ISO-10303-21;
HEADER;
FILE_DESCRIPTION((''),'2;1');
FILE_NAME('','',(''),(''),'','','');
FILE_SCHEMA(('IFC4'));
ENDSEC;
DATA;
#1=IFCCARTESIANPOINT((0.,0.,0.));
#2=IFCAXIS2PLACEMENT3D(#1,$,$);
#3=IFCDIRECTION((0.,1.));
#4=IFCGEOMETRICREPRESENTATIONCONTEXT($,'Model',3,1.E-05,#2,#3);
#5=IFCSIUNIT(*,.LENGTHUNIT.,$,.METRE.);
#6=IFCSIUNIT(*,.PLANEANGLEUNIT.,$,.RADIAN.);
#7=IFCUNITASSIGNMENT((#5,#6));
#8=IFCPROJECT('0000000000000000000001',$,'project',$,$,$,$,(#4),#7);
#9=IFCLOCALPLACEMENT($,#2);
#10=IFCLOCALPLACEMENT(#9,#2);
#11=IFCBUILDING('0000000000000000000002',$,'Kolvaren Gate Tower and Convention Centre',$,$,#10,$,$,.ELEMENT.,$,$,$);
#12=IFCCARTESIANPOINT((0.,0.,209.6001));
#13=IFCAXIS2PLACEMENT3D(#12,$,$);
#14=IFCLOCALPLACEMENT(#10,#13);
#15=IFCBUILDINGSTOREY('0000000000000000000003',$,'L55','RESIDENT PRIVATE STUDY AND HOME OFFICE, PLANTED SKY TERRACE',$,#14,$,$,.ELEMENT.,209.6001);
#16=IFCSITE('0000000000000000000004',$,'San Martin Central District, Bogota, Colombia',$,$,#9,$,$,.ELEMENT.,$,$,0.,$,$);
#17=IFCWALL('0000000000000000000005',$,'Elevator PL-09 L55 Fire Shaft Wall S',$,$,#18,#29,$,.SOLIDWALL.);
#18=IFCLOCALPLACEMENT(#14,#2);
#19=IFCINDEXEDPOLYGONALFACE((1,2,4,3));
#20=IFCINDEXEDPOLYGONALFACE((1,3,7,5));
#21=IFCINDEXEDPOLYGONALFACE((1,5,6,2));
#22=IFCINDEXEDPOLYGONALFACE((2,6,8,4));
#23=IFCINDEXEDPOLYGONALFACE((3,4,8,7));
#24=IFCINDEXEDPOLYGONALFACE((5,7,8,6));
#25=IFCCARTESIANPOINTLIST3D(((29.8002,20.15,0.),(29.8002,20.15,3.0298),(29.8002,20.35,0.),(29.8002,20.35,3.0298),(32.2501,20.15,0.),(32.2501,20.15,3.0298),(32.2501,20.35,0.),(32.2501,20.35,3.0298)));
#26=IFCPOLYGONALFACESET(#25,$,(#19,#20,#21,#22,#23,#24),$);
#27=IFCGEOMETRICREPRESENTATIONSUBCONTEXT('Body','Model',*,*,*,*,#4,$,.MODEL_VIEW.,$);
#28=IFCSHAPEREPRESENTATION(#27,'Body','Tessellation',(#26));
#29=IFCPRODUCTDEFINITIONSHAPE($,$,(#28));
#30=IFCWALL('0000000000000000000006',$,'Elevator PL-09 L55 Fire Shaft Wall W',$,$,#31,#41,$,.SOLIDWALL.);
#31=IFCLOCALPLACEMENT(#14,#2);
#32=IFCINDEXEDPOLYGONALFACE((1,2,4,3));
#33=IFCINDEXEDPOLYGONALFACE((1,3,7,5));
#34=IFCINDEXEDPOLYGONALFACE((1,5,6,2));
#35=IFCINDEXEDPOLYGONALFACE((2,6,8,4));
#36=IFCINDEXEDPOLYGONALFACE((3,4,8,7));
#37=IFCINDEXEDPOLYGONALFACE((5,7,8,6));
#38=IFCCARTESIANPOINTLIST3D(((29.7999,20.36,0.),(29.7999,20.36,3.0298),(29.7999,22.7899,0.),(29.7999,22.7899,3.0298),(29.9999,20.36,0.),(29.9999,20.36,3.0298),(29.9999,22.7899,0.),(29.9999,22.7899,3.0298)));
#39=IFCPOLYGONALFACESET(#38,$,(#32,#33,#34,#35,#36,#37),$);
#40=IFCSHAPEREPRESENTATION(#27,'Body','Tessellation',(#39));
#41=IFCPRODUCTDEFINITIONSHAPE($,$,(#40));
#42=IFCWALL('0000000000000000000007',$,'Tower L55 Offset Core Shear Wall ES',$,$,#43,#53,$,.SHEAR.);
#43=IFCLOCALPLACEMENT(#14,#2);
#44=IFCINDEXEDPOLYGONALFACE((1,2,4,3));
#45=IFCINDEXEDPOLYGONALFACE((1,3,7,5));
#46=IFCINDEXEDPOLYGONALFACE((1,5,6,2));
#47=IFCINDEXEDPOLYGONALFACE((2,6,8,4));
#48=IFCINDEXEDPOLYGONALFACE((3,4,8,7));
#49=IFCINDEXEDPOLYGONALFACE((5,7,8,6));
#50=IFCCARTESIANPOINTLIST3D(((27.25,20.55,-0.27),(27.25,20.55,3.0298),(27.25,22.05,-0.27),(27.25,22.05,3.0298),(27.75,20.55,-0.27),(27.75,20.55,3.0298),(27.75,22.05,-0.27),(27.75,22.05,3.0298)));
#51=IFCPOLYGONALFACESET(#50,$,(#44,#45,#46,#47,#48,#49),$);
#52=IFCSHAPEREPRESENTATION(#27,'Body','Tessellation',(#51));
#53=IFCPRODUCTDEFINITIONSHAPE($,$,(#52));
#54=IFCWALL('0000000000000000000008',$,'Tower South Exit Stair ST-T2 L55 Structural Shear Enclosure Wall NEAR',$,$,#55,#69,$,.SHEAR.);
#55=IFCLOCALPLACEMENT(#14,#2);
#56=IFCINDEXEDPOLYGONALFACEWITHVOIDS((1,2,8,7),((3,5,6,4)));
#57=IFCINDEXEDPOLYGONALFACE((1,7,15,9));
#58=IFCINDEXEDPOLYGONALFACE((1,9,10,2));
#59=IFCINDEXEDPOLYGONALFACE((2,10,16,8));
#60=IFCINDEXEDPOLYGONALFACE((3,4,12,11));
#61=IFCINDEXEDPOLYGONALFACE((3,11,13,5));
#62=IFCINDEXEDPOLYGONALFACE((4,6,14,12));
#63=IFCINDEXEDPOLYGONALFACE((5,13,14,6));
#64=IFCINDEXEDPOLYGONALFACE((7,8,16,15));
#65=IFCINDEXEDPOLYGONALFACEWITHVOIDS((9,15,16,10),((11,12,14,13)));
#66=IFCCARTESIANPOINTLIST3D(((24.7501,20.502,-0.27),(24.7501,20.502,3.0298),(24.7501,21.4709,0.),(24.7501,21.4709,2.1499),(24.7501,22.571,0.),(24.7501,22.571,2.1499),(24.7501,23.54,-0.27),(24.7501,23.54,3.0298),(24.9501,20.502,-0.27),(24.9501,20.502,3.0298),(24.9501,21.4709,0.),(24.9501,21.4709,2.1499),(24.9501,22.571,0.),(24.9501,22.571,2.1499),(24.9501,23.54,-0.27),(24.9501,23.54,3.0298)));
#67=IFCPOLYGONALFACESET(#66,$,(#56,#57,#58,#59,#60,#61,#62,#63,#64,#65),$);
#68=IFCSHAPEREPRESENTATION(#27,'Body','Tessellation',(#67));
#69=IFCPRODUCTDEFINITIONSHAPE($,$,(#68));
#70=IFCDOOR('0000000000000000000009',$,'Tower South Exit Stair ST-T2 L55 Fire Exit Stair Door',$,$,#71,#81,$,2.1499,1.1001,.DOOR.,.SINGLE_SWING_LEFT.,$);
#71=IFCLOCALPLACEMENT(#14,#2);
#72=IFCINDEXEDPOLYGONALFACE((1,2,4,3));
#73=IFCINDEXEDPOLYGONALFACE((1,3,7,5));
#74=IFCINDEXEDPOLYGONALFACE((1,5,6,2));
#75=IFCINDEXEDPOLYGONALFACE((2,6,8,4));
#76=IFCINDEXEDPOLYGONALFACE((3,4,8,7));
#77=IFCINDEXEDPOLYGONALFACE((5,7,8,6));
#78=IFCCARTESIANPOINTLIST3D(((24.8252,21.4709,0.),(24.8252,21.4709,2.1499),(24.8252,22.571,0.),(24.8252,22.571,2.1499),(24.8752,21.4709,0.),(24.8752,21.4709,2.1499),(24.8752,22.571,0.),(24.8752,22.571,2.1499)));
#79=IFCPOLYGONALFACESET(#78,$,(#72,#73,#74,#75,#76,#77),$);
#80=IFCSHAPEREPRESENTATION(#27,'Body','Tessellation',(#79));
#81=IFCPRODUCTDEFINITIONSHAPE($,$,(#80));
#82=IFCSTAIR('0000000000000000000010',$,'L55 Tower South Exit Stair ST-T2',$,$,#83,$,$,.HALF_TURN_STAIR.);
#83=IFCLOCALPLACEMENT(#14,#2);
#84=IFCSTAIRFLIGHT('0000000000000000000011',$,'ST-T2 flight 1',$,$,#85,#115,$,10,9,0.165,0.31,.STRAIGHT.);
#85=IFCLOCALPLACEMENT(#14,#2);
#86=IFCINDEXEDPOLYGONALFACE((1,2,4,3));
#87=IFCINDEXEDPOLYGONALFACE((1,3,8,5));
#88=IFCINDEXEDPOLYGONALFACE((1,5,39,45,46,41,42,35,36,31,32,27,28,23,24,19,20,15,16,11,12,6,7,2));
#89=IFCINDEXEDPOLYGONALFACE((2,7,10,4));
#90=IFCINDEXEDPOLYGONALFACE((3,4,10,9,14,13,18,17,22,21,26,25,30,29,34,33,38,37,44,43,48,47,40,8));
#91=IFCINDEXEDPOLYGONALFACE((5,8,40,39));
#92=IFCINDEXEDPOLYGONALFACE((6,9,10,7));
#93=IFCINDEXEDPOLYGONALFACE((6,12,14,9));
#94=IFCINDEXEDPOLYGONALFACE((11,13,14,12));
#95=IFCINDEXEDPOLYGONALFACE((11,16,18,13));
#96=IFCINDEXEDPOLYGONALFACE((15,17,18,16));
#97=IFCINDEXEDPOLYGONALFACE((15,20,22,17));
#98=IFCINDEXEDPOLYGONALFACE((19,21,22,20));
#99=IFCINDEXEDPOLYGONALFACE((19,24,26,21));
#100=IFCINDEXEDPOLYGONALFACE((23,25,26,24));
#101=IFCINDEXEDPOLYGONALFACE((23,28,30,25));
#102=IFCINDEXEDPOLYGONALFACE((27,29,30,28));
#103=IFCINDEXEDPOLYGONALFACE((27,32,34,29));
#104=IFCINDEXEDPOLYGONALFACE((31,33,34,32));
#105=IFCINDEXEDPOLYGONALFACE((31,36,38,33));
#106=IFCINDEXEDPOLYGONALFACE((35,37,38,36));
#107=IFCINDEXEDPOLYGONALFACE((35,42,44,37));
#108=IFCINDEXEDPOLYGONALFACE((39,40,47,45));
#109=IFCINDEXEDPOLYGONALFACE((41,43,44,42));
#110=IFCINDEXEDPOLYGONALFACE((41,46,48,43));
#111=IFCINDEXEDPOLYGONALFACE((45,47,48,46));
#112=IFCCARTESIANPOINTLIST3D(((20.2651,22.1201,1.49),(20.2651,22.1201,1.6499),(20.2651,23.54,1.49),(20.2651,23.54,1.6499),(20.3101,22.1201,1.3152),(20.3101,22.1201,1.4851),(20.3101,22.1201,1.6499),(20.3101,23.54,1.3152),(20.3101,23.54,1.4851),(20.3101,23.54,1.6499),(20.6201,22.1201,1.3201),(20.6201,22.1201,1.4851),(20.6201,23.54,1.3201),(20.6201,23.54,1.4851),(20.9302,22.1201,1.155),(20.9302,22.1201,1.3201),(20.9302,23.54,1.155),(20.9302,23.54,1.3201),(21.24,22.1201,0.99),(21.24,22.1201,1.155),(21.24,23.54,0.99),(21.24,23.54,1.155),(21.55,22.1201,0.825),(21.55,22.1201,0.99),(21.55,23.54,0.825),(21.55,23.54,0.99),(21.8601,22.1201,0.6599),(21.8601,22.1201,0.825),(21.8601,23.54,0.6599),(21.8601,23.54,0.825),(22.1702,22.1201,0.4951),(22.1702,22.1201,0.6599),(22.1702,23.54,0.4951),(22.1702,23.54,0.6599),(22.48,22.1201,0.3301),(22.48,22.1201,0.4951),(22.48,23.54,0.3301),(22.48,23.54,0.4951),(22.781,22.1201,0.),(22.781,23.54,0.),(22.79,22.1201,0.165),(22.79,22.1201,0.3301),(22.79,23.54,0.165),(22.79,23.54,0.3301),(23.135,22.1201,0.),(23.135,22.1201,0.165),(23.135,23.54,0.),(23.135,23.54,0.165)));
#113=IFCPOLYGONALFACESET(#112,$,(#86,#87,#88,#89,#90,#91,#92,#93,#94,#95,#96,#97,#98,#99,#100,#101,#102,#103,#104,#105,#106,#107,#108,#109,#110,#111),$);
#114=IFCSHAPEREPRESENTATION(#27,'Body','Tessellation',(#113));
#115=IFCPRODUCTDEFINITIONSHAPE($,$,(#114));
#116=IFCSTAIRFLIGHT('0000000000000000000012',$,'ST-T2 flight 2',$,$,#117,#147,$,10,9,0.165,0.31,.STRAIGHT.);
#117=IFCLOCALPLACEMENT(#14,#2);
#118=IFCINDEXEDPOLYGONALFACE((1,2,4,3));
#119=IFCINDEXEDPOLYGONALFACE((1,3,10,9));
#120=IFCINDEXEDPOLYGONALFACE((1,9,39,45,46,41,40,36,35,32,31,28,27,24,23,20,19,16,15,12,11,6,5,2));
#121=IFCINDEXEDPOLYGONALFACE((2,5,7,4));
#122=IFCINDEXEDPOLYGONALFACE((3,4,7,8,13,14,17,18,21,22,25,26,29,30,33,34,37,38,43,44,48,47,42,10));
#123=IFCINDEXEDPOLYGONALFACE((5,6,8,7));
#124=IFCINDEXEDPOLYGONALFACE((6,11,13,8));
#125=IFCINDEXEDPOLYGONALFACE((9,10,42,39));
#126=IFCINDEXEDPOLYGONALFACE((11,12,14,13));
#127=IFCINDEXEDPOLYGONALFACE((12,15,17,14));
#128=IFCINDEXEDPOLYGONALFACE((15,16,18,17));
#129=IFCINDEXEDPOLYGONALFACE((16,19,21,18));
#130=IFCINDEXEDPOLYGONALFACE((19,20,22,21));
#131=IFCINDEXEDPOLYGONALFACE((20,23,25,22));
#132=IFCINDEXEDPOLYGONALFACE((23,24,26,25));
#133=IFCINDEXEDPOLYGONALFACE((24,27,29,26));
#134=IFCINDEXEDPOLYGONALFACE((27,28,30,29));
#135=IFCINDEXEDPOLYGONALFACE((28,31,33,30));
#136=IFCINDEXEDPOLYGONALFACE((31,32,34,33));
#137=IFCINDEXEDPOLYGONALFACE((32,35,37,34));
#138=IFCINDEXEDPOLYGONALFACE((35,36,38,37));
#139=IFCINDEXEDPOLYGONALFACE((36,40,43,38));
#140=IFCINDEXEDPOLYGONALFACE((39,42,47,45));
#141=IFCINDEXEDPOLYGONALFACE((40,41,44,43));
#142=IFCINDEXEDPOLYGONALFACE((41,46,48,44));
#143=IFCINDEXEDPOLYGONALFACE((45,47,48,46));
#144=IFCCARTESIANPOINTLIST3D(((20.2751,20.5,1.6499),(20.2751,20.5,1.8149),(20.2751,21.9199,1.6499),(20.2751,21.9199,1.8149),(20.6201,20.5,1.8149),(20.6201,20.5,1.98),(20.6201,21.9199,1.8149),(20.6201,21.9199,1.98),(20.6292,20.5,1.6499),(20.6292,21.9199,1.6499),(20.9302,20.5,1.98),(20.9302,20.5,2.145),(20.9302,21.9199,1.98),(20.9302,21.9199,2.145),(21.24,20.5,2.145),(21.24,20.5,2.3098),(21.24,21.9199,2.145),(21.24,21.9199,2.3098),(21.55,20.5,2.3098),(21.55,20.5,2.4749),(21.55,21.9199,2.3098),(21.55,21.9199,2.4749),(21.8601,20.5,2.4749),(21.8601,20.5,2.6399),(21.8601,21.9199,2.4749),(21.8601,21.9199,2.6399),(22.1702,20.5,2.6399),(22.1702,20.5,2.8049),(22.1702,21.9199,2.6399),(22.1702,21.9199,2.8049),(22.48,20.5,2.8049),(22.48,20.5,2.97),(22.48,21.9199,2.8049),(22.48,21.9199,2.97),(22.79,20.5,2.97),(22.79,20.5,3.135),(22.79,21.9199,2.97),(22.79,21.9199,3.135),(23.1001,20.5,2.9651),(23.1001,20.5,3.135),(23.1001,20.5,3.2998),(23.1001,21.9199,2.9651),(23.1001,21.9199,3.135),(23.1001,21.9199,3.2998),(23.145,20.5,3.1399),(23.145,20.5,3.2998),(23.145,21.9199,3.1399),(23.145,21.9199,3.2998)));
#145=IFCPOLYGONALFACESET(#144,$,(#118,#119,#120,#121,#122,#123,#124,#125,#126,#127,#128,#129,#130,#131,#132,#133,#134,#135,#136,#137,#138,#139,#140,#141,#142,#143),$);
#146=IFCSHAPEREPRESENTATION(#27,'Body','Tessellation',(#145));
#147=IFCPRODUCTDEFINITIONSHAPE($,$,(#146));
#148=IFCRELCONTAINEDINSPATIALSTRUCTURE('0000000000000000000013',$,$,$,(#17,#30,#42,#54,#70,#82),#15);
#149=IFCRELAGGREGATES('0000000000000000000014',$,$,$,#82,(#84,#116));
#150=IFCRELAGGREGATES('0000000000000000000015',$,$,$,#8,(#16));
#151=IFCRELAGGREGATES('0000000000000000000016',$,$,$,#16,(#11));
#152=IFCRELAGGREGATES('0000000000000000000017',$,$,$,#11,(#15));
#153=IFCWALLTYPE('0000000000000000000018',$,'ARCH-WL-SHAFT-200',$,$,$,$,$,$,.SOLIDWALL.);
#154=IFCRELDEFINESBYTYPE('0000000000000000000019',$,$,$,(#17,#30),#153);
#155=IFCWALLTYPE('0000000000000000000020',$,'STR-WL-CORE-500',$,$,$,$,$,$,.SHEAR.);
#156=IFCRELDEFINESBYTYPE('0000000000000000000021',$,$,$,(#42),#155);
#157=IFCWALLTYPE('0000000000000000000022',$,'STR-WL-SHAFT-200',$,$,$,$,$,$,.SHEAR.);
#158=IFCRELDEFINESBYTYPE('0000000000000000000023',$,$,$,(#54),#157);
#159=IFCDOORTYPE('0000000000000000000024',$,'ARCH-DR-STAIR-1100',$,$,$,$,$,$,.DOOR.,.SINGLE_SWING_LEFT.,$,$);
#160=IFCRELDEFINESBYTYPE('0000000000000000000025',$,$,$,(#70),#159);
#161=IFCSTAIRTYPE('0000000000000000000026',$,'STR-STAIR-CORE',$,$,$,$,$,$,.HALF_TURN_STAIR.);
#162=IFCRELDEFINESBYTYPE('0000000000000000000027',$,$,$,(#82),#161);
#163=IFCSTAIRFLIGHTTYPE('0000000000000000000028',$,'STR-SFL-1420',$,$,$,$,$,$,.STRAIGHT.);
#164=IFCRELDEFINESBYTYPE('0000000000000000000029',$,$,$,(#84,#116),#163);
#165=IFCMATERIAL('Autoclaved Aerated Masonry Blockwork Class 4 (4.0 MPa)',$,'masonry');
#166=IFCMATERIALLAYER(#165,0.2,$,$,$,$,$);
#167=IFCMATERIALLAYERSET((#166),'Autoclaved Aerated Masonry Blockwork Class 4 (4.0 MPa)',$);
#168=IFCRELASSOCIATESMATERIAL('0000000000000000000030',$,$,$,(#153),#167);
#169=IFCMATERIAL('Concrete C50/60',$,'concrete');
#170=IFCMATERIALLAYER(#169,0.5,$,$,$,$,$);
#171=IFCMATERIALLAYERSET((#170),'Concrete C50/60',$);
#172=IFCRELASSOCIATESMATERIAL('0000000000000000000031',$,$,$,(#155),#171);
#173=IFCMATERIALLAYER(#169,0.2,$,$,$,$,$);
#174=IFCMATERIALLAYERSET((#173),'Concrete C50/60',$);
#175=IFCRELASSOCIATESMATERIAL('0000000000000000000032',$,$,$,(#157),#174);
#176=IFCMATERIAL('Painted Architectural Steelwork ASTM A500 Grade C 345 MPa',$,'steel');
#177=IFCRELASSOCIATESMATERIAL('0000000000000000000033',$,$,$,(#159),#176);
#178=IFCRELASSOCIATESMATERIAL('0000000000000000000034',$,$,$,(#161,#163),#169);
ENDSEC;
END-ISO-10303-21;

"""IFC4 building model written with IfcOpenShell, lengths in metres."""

from ifc_helpers import new_model, si_unit, direction, frame, frame_2d, origin, place, context, subcontext, project, spatial, polyline, rectangle, outline, extrude, material, layer, layer_set, type_object, element, fill, aggregate, save


model = new_model("IFC4")

# Units and contexts
model_context = context("Model", 3, precision=1e-05, world=origin(), true_north=direction((0.0, 1.0)))
body_context = subcontext(model_context, "Body", "Model", "MODEL_VIEW")
ifc_project = project(units=[si_unit("LENGTHUNIT", "METRE"), si_unit("PLANEANGLEUNIT", "RADIAN")], contexts=[model_context])

# Site, building, storey
site_placement = place(None, origin())
site = spatial("IfcSite", under=ifc_project, at=site_placement, Name="San Martin Central District, Bogota, Colombia", CompositionType="ELEMENT", RefElevation=0.0)
building_placement = place(site_placement, origin())
building = spatial("IfcBuilding", under=site, at=building_placement, Name="Kolvaren Gate Tower and Convention Centre", CompositionType="ELEMENT")
storey_placement = place(building_placement, frame((0.0, 0.0, 209.6001)))
storey = spatial("IfcBuildingStorey", under=building, at=storey_placement, Name="L55", Description="RESIDENT PRIVATE STUDY AND HOME OFFICE, PLANTED SKY TERRACE", CompositionType="ELEMENT", Elevation=209.6001)

# Shared definitions
ifc_material_1 = material(Name="Autoclaved Aerated Masonry Blockwork Class 4 (4.0 MPa)", Category="masonry")

# Shared definitions
ifc_material_2 = material(Name="Painted Architectural Steelwork ASTM A500 Grade C 345 MPa", Category="steel")

# Shared definitions
ifc_layer_1 = layer(ifc_material_1, 0.2)
ifc_layer_set_1 = layer_set([ifc_layer_1], Name="Autoclaved Aerated Masonry Blockwork Class 4 (4.0 MPa)")
wall_type_1 = type_object("IfcWallType", Name="ARCH-WL-SHAFT-200", PredefinedType="SOLIDWALL", material=ifc_layer_set_1)

# Walls
wall_1_placement = place(storey_placement, frame((29.8, 20.25, 0.0), z_axis=(0.0, 0.0, 1.0), x_axis=(1.0, 0.0, 0.0)))
element("IfcWall", 1, at=wall_1_placement, inside=storey, type_object=wall_type_1, Name="Elevator PL-09 L55 Fire Shaft Wall S", PredefinedType="SOLIDWALL", context=body_context, shape_type="SweptSolid", body=[
    extrude(rectangle(XDim=2.45, YDim=0.2, at=frame_2d((1.2251, 0.0))), origin(), (0.0, 0.0, 1.0), 3.0298),
])
wall_2_placement = place(storey_placement, frame((29.8999, 20.3601, 0.0), z_axis=(0.0, 0.0, 1.0), x_axis=(0.0, 1.0, 0.0)))
element("IfcWall", 2, at=wall_2_placement, inside=storey, type_object=wall_type_1, Name="Elevator PL-09 L55 Fire Shaft Wall W", PredefinedType="SOLIDWALL", context=body_context, shape_type="SweptSolid", body=[
    extrude(rectangle(XDim=2.4299, YDim=0.2, at=frame_2d((1.2148, 0.0))), origin(), (0.0, 0.0, 1.0), 3.0298),
])
ifc_material_3 = material(Name="Concrete C50/60", Category="concrete")
ifc_layer_2 = layer(ifc_material_3, 0.5)
ifc_layer_set_2 = layer_set([ifc_layer_2], Name="Concrete C50/60")
wall_type_2 = type_object("IfcWallType", Name="STR-WL-CORE-500", PredefinedType="SHEAR", material=ifc_layer_set_2)
wall_3_placement = place(storey_placement, frame((27.5, 20.55, -0.27), z_axis=(0.0, 0.0, 1.0), x_axis=(0.0, 1.0, 0.0)))
element("IfcWall", 3, at=wall_3_placement, inside=storey, type_object=wall_type_2, Name="Tower L55 Offset Core Shear Wall ES", PredefinedType="SHEAR", context=body_context, shape_type="SweptSolid", body=[
    extrude(rectangle(XDim=1.5, YDim=0.5, at=frame_2d((0.75, 0.0))), origin(), (0.0, 0.0, 1.0), 3.2998),
])

# Wall, opening, door
ifc_layer_3 = layer(ifc_material_3, 0.2)
ifc_layer_set_3 = layer_set([ifc_layer_3], Name="Concrete C50/60")
wall_type_3 = type_object("IfcWallType", Name="STR-WL-SHAFT-200", PredefinedType="SHEAR", material=ifc_layer_set_3)
wall_4_placement = place(storey_placement, frame((24.8501, 20.502, -0.27), z_axis=(0.0, 0.0, 1.0), x_axis=(0.0, 1.0, 0.0)))
wall_4 = element("IfcWall", 4, at=wall_4_placement, inside=storey, type_object=wall_type_3, Name="Tower South Exit Stair ST-T2 L55 Structural Shear Enclosure Wall NEAR", PredefinedType="SHEAR", context=body_context, shape_type="SweptSolid", body=[
    extrude(rectangle(XDim=3.0381, YDim=0.2, at=frame_2d((1.519, 0.0))), origin(), (0.0, 0.0, 1.0), 3.2998),
])
opening_1_placement = place(wall_4_placement, frame((0.969, 0.0, 0.27)))
opening_1 = element("IfcOpeningElement", 5, at=opening_1_placement, cuts=wall_4, PredefinedType="OPENING", context=body_context, shape_type="SweptSolid", body=[
    extrude(rectangle(XDim=1.1001, YDim=2.1499, at=frame_2d((0.55, 1.075))), frame((0.0, 0.1099, 0.0), z_axis=(0.0, -1.0, 0.0), x_axis=(1.0, 0.0, 0.0)), (0.0, 0.0, 1.0), 0.22),
])
door_type_1 = type_object("IfcDoorType", Name="ARCH-DR-STAIR-1100", OperationType="SINGLE_SWING_LEFT", PredefinedType="DOOR", material=ifc_material_2)
door_1_placement = place(opening_1_placement, origin())
door_1 = element("IfcDoor", 6, at=door_1_placement, inside=storey, type_object=door_type_1, Name="Tower South Exit Stair ST-T2 L55 Fire Exit Stair Door", OperationType="SINGLE_SWING_LEFT", OverallHeight=2.1499, OverallWidth=1.1001, PredefinedType="DOOR", context=body_context, shape_type="SweptSolid", body=[
    extrude(rectangle(XDim=1.1001, YDim=2.1499, at=frame_2d((0.55, 1.075))), frame((0.0, 0.0249, 0.0), z_axis=(0.0, -1.0, 0.0), x_axis=(1.0, 0.0, 0.0)), (0.0, 0.0, 1.0), 0.05),
])
fill(opening_1, door_1)

# Stair, stair flights
stair_type = type_object("IfcStairType", Name="STR-STAIR-CORE", PredefinedType="HALF_TURN_STAIR", material=ifc_material_3)
stair_placement = place(storey_placement, origin())
stair = element("IfcStair", 7, at=stair_placement, inside=storey, type_object=stair_type, Name="L55 Tower South Exit Stair ST-T2", PredefinedType="HALF_TURN_STAIR")
stair_flight_type = type_object("IfcStairFlightType", Name="STR-SFL-1420", PredefinedType="STRAIGHT", material=ifc_material_3)
stair_flight_1_placement = place(storey_placement, frame((23.1001, 22.8301, 0.0), z_axis=(0.0, 0.0, 1.0), x_axis=(-1.0, 0.0, 0.0)))
stair_flight_1 = element("IfcStairFlight", 8, at=stair_flight_1_placement, type_object=stair_flight_type, Name="ST-T2 flight 1", NumberOfRisers=10, NumberOfTreads=9, PredefinedType="STRAIGHT", RiserHeight=0.165, TreadLength=0.31, context=body_context, shape_type="SweptSolid", body=[
    extrude(outline(polyline([(-0.0349, 0.0), (-0.0349, 0.165), (0.3101, 0.165), (0.3101, 0.3301), (0.6201, 0.3301), (0.6201, 0.4951), (0.9299, 0.4951), (0.9299, 0.6599), (1.24, 0.6599), (1.24, 0.825), (1.55, 0.825), (1.55, 0.99), (1.8601, 0.99), (1.8601, 1.155), (2.1699, 1.155), (2.1699, 1.3201), (2.48, 1.3201), (2.48, 1.4851), (2.79, 1.4851), (2.79, 1.6499), (2.835, 1.6499), (2.835, 1.49), (2.79, 1.3152), (0.3191, 0.0), (-0.0349, 0.0)])), frame((0.0, 0.71, 0.0), z_axis=(0.0, -1.0, 0.0), x_axis=(1.0, 0.0, 0.0)), (0.0, 0.0, 1.0), 1.4199),
])
stair_flight_2_placement = place(storey_placement, frame((20.3101, 21.21, 1.6499), z_axis=(0.0, 0.0, 1.0), x_axis=(1.0, 0.0, 0.0)))
stair_flight_2 = element("IfcStairFlight", 9, at=stair_flight_2_placement, type_object=stair_flight_type, Name="ST-T2 flight 2", NumberOfRisers=10, NumberOfTreads=9, PredefinedType="STRAIGHT", RiserHeight=0.165, TreadLength=0.31, context=body_context, shape_type="SweptSolid", body=[
    extrude(outline(polyline([(-0.0349, 0.0), (-0.0349, 0.165), (0.3101, 0.165), (0.3101, 0.3301), (0.6201, 0.3301), (0.6201, 0.4951), (0.9299, 0.4951), (0.9299, 0.6599), (1.24, 0.6599), (1.24, 0.825), (1.55, 0.825), (1.55, 0.99), (1.8601, 0.99), (1.8601, 1.155), (2.1699, 1.155), (2.1699, 1.3201), (2.48, 1.3201), (2.48, 1.4851), (2.79, 1.4851), (2.79, 1.6499), (2.835, 1.6499), (2.835, 1.49), (2.79, 1.3152), (0.3191, 0.0), (-0.0349, 0.0)])), frame((0.0, 0.71, 0.0), z_axis=(0.0, -1.0, 0.0), x_axis=(1.0, 0.0, 0.0)), (0.0, 0.0, 1.0), 1.4199),
])
aggregate(stair, [stair_flight_1, stair_flight_2])

save(model, "model.ifc")
